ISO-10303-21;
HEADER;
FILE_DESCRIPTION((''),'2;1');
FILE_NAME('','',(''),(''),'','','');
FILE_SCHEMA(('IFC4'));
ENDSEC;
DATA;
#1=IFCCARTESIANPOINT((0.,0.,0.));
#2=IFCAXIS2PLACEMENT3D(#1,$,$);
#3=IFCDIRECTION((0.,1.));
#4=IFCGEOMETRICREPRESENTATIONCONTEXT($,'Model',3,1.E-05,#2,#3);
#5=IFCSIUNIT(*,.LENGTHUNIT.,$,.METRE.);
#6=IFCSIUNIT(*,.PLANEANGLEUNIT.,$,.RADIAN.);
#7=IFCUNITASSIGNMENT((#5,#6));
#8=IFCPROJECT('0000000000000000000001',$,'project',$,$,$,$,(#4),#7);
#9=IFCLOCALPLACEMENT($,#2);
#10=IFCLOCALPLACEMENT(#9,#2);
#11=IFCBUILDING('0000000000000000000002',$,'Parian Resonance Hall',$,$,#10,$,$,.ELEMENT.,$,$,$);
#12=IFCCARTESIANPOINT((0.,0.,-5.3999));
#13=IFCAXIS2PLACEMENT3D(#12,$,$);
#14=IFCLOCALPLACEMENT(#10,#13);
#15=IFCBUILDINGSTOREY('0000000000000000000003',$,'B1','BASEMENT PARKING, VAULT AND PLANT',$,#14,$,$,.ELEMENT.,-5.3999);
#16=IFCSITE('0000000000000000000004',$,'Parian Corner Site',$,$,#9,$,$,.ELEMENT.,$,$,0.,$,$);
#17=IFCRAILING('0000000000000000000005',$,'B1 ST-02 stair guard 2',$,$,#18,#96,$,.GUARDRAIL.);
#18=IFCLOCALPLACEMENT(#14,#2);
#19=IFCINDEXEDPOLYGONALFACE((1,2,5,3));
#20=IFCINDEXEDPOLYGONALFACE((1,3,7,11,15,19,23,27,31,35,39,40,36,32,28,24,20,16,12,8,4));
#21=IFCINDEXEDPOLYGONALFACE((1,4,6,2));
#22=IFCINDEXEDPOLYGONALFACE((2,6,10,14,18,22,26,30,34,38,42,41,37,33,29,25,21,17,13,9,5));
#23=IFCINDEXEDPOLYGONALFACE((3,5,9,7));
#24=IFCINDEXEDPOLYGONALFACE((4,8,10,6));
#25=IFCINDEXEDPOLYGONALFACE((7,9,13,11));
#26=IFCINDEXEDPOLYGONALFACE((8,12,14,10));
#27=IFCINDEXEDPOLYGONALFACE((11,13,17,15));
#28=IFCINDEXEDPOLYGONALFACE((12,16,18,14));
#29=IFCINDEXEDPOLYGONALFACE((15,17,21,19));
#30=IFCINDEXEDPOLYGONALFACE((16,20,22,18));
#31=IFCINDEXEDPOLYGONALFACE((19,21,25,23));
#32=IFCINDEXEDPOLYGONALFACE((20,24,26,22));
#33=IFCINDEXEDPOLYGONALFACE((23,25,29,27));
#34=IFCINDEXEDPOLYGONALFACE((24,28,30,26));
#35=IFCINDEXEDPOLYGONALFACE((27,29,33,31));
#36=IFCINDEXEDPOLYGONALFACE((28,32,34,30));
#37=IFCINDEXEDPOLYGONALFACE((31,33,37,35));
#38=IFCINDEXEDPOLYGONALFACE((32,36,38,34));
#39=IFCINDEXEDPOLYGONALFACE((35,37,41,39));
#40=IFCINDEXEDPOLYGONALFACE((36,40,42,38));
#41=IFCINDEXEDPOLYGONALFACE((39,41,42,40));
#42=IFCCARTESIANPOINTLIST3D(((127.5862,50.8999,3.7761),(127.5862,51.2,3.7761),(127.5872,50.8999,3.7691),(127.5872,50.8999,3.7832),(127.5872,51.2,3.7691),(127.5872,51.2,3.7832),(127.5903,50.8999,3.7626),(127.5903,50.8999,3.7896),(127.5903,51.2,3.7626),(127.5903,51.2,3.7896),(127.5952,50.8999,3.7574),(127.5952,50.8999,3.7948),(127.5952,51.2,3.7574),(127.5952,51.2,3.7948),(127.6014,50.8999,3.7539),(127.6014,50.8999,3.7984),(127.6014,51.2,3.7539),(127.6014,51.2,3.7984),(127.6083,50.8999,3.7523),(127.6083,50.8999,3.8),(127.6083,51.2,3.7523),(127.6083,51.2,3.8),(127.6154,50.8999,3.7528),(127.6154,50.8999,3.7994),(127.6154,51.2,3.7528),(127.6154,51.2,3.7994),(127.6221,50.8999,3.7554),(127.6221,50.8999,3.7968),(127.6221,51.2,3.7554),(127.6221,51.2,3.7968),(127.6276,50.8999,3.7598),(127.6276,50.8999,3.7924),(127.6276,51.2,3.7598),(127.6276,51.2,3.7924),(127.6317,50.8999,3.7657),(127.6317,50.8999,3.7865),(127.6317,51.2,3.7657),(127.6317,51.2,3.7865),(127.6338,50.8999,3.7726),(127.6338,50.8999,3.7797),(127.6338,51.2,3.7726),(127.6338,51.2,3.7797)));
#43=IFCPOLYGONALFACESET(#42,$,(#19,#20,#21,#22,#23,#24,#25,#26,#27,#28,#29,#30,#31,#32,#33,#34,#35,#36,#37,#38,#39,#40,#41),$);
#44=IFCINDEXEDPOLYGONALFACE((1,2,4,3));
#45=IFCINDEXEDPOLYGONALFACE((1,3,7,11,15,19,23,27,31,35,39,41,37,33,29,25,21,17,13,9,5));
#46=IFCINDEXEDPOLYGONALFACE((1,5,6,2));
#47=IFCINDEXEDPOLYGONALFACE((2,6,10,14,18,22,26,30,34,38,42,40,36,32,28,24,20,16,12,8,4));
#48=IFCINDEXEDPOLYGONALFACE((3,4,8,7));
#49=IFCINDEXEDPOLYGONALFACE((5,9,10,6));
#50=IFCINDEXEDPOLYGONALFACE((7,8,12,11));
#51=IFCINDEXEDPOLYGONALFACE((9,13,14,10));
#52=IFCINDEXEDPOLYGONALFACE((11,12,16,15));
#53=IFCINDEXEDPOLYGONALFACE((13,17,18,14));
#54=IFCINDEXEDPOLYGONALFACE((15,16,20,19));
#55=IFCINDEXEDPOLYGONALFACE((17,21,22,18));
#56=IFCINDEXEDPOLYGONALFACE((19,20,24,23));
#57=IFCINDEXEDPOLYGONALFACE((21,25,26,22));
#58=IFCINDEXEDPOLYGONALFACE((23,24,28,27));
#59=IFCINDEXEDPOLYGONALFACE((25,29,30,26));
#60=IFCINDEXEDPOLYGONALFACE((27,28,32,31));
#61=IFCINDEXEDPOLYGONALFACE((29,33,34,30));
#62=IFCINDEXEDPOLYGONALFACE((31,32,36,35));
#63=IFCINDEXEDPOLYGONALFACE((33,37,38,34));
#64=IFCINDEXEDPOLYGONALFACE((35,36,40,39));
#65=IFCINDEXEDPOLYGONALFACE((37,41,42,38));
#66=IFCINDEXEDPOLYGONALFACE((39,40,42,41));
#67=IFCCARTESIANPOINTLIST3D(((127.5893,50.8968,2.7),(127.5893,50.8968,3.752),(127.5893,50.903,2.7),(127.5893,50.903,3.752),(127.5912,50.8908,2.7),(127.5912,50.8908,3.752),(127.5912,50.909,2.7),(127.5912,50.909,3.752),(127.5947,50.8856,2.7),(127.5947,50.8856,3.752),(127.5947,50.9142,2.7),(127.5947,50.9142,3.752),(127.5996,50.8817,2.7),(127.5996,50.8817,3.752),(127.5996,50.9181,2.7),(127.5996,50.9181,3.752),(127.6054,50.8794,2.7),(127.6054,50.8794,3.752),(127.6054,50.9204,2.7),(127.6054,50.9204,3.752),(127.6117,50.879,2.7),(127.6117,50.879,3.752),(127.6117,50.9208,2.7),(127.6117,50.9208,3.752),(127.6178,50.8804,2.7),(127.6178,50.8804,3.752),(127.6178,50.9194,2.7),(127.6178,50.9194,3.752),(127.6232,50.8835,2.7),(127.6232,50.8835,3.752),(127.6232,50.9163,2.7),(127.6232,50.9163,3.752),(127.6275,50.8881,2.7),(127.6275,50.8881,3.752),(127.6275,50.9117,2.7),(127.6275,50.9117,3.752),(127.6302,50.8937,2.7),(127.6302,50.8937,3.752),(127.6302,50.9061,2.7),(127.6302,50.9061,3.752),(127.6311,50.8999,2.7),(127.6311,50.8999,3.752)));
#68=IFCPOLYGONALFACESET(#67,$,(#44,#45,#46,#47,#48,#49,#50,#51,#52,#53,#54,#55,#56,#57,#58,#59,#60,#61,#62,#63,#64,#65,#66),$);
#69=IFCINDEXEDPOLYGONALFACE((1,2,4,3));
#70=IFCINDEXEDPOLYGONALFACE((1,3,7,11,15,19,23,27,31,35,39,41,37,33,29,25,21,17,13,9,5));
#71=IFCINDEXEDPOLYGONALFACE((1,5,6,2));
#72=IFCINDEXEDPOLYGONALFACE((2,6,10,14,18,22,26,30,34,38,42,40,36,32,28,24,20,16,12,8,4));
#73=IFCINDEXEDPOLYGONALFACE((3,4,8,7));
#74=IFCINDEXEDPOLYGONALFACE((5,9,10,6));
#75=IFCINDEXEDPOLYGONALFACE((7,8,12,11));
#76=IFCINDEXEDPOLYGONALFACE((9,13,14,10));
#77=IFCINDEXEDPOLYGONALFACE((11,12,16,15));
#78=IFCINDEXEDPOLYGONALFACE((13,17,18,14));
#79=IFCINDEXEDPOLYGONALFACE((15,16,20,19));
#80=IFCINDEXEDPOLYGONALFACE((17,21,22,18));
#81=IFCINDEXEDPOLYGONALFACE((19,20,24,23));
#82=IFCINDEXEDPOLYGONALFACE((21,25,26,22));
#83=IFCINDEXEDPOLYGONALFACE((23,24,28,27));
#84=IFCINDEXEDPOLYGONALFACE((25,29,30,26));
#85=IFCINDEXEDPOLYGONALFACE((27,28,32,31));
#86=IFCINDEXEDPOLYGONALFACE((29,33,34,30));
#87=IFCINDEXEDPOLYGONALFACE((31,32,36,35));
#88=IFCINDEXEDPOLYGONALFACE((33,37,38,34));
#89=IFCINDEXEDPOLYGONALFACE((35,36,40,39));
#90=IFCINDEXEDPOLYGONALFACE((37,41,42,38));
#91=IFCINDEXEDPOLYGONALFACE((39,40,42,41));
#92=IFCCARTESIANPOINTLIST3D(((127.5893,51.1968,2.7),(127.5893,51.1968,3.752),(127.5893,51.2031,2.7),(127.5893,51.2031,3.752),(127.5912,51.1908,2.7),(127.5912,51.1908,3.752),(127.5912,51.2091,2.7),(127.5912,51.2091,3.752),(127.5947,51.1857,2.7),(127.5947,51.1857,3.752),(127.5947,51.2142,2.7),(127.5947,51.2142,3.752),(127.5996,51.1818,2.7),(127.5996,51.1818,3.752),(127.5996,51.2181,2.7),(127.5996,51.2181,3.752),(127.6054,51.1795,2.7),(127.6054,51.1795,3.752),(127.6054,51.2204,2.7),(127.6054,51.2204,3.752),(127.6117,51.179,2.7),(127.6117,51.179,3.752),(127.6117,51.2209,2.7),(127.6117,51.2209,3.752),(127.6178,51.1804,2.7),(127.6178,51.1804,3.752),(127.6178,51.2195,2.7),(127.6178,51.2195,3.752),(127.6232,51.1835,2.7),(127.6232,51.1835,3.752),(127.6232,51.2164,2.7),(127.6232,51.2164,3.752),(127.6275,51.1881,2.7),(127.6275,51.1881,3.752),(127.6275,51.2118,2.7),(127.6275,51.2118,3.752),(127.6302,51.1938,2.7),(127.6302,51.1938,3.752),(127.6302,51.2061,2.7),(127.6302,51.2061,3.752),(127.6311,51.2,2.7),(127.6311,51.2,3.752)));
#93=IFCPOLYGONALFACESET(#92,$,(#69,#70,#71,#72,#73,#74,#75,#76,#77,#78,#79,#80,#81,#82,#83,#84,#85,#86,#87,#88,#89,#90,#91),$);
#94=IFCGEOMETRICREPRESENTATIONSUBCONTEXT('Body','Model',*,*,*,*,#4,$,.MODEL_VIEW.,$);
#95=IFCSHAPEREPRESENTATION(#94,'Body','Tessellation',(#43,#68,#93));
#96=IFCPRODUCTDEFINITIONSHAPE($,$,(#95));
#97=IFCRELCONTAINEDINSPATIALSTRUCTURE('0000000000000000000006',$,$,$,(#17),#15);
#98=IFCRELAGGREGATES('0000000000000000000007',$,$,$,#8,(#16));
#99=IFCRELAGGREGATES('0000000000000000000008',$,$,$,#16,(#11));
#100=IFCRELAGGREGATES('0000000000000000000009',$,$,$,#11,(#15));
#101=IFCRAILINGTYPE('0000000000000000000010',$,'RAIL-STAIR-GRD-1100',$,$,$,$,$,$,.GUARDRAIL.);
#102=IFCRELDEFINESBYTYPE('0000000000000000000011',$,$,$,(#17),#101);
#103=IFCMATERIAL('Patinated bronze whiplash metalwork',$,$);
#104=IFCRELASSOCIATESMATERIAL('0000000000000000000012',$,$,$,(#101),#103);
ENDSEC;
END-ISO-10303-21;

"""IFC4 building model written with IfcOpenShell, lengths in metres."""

from ifc_helpers import new_model, si_unit, direction, frame, origin, origin_2d, place, context, subcontext, project, spatial, circle, extrude, material, type_object, element, save


model = new_model("IFC4")

# Units and contexts
model_context = context("Model", 3, precision=1e-05, world=origin(), true_north=direction((0.0, 1.0)))
body_context = subcontext(model_context, "Body", "Model", "MODEL_VIEW")
ifc_project = project(units=[si_unit("LENGTHUNIT", "METRE"), si_unit("PLANEANGLEUNIT", "RADIAN")], contexts=[model_context])

# Site, building, storey
site_placement = place(None, origin())
site = spatial("IfcSite", under=ifc_project, at=site_placement, Name="Parian Corner Site", CompositionType="ELEMENT", RefElevation=0.0)
building_placement = place(site_placement, origin())
building = spatial("IfcBuilding", under=site, at=building_placement, Name="Parian Resonance Hall", CompositionType="ELEMENT")
storey_placement = place(building_placement, frame((0.0, 0.0, -5.3999)))
storey = spatial("IfcBuildingStorey", under=building, at=storey_placement, Name="B1", Description="BASEMENT PARKING, VAULT AND PLANT", CompositionType="ELEMENT", Elevation=-5.3999)

# Railing
ifc_material_1 = material(Name="Patinated bronze whiplash metalwork")
railing_type_1 = type_object("IfcRailingType", Name="RAIL-STAIR-GRD-1100", PredefinedType="GUARDRAIL", material=ifc_material_1)
railing_1_placement = place(storey_placement, frame((127.6101, 50.8999, 2.7)))
element("IfcRailing", 1, at=railing_1_placement, inside=storey, type_object=railing_type_1, Name="B1 ST-02 stair guard 2", PredefinedType="GUARDRAIL", context=body_context, shape_type="SweptSolid", body=[
    extrude(circle(Radius=0.0239, at=origin_2d()), frame((0.0, 0.0, 1.0762), z_axis=(0.0, 1.0, 0.0), x_axis=(-1.0, 0.0, 0.0)), (0.0, 0.0, 1.0), 0.3),
    extrude(circle(Radius=0.021, at=origin_2d()), origin(), (0.0, 0.0, 1.0), 1.052),
    extrude(circle(Radius=0.021, at=origin_2d()), frame((0.0, 0.3, 0.0)), (0.0, 0.0, 1.0), 1.052),
])

save(model, "model.ifc")
